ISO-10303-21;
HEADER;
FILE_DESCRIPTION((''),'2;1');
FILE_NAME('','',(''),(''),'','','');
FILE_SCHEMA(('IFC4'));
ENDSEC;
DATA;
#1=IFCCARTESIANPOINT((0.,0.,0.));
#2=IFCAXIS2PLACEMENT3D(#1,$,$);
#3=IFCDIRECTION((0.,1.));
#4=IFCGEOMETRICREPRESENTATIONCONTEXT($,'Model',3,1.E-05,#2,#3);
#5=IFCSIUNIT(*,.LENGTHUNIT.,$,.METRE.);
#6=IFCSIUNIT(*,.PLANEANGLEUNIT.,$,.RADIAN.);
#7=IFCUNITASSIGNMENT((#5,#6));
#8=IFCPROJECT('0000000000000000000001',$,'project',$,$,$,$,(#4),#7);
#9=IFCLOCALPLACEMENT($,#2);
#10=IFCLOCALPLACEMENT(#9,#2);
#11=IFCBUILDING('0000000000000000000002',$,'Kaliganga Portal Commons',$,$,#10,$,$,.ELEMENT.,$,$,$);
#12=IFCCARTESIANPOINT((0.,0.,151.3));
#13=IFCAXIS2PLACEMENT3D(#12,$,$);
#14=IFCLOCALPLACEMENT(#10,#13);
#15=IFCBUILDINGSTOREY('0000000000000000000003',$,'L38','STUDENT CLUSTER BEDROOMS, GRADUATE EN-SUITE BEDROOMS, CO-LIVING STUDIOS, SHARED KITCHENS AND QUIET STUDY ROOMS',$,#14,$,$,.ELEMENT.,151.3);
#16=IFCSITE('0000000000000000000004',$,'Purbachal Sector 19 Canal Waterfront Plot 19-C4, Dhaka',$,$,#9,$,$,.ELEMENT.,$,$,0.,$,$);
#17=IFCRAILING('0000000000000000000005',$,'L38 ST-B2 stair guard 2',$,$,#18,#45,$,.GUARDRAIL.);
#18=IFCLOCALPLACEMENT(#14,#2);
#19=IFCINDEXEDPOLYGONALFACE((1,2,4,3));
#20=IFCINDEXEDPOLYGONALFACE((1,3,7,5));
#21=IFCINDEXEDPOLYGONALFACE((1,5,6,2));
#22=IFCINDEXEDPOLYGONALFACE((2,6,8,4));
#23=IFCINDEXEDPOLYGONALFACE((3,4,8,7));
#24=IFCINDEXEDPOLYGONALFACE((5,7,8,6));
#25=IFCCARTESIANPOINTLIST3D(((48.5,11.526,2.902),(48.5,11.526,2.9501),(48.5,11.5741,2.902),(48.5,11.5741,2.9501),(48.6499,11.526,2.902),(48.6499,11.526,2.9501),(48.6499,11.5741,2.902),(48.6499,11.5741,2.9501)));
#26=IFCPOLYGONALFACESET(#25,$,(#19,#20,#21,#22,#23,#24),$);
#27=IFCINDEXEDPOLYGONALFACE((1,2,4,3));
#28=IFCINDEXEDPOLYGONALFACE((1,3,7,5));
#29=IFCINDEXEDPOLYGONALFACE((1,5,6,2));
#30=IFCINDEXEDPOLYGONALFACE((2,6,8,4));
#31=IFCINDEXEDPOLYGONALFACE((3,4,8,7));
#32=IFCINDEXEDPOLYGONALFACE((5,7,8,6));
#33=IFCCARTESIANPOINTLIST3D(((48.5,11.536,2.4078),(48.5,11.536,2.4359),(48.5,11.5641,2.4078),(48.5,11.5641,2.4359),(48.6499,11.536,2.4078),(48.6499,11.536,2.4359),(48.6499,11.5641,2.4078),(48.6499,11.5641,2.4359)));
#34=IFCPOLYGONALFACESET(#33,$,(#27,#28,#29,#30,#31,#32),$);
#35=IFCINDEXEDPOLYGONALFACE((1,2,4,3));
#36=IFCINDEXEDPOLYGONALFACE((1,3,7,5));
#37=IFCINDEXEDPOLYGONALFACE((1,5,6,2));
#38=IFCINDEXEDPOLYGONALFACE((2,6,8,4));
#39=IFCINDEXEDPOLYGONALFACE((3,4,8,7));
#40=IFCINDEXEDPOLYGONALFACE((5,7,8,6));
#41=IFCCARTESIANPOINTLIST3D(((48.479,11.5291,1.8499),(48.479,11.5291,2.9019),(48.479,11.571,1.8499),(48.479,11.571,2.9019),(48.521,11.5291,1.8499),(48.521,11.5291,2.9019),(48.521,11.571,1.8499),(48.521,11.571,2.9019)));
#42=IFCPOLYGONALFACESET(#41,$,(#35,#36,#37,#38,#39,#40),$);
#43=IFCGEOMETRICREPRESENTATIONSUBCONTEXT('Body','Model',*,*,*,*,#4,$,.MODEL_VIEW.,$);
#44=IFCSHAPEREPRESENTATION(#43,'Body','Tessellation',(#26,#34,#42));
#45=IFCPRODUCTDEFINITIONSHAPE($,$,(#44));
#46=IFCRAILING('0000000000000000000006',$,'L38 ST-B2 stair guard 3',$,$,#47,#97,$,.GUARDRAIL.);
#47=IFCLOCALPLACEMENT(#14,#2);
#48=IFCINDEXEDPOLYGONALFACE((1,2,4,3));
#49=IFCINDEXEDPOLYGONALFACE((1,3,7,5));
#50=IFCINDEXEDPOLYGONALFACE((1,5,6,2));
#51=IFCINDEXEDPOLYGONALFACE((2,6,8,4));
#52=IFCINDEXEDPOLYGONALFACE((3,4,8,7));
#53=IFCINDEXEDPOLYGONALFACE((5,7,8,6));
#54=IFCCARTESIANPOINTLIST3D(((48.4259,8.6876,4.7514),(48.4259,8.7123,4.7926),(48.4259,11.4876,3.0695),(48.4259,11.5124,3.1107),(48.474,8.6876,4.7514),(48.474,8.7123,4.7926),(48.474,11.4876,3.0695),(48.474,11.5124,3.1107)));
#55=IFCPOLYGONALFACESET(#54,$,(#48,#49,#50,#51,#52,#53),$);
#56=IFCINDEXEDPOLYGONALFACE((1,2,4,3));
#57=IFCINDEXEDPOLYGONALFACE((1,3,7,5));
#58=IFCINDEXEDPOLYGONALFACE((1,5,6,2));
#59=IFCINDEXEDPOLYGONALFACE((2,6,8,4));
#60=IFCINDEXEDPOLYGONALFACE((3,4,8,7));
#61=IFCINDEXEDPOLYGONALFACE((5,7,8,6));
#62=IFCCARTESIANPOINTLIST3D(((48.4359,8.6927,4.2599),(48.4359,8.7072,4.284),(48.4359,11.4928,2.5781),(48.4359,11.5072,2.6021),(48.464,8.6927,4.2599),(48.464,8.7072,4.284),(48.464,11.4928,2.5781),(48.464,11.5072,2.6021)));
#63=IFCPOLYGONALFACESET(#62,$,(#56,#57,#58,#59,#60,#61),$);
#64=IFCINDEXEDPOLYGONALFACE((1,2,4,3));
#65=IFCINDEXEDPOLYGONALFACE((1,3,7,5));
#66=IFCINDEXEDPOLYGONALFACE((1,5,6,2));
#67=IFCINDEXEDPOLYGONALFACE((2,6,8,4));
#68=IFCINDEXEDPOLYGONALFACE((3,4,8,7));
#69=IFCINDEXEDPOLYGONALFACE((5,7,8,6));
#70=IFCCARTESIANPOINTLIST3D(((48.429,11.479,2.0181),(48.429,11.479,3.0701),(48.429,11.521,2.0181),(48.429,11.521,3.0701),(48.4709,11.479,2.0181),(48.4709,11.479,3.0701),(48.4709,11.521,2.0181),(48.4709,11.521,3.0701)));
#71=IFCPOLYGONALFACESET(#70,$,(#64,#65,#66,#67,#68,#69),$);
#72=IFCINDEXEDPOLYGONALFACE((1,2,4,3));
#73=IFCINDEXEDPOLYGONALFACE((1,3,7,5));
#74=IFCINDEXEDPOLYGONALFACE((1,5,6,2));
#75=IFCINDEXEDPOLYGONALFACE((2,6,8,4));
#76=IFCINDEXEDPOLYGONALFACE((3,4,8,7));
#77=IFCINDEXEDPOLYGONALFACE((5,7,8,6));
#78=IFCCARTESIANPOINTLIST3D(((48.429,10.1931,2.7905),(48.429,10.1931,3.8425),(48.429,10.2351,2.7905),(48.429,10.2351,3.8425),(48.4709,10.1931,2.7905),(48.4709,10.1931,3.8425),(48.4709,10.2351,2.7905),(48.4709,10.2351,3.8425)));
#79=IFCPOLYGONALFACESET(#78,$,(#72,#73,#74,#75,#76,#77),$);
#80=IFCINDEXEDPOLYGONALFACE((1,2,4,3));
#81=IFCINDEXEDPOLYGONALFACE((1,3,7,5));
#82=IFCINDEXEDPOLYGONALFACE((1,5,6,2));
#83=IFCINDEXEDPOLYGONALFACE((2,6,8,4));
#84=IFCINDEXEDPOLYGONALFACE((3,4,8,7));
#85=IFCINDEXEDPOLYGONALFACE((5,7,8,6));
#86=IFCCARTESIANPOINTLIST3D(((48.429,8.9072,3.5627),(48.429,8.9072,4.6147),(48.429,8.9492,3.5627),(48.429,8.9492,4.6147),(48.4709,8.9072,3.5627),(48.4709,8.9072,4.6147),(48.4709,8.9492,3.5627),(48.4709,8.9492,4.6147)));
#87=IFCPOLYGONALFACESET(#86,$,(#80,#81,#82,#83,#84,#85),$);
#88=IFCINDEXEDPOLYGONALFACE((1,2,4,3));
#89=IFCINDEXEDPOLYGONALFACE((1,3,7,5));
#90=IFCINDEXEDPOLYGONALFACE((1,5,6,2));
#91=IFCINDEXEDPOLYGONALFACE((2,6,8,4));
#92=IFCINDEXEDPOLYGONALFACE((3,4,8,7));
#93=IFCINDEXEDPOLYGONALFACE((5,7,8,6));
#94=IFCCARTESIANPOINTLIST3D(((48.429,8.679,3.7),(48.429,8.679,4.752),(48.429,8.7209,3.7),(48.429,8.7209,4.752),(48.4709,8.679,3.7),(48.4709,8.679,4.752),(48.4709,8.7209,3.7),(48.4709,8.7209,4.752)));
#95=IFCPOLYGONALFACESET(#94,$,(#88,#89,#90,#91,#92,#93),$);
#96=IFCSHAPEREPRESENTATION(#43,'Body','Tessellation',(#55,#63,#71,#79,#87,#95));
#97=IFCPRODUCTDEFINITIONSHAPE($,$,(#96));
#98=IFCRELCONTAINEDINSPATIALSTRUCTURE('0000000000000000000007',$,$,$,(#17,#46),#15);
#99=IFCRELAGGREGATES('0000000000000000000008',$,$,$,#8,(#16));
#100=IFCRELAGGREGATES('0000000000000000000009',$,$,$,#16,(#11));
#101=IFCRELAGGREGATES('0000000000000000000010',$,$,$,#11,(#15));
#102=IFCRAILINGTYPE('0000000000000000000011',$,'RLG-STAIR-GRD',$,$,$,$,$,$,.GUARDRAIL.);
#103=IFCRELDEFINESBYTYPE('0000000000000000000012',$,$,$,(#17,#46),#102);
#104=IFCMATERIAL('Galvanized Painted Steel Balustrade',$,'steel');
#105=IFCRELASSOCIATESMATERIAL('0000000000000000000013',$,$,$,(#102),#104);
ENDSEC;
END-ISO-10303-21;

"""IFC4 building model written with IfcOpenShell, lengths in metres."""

from ifc_helpers import new_model, si_unit, direction, frame, origin, origin_2d, place, context, subcontext, project, spatial, rectangle, extrude, material, type_object, element, save


model = new_model("IFC4")

# Units and contexts
model_context = context("Model", 3, precision=1e-05, world=origin(), true_north=direction((0.0, 1.0)))
body_context = subcontext(model_context, "Body", "Model", "MODEL_VIEW")
ifc_project = project(units=[si_unit("LENGTHUNIT", "METRE"), si_unit("PLANEANGLEUNIT", "RADIAN")], contexts=[model_context])

# Site, building, storey
site_placement = place(None, origin())
site = spatial("IfcSite", under=ifc_project, at=site_placement, Name="Purbachal Sector 19 Canal Waterfront Plot 19-C4, Dhaka", CompositionType="ELEMENT", RefElevation=0.0)
building_placement = place(site_placement, origin())
building = spatial("IfcBuilding", under=site, at=building_placement, Name="Kaliganga Portal Commons", CompositionType="ELEMENT")
storey_placement = place(building_placement, frame((0.0, 0.0, 151.3)))
storey = spatial("IfcBuildingStorey", under=building, at=storey_placement, Name="L38", Description="STUDENT CLUSTER BEDROOMS, GRADUATE EN-SUITE BEDROOMS, CO-LIVING STUDIOS, SHARED KITCHENS AND QUIET STUDY ROOMS", CompositionType="ELEMENT", Elevation=151.3)

# Railings
ifc_material_1 = material(Name="Galvanized Painted Steel Balustrade", Category="steel")
railing_type = type_object("IfcRailingType", Name="RLG-STAIR-GRD", PredefinedType="GUARDRAIL", material=ifc_material_1)
railing_1_placement = place(storey_placement, frame((48.6499, 11.55, 1.8499)))
element("IfcRailing", 1, at=railing_1_placement, inside=storey, type_object=railing_type, Name="L38 ST-B2 stair guard 2", PredefinedType="GUARDRAIL", context=body_context, shape_type="SweptSolid", body=[
    extrude(rectangle(XDim=0.0481, YDim=0.0481, at=origin_2d()), frame((0.0, 0.0, 1.0762), z_axis=(-1.0, 0.0, 0.0), x_axis=(0.0, -1.0, 0.0)), (0.0, 0.0, 1.0), 0.1499),
    extrude(rectangle(XDim=0.0281, YDim=0.0281, at=origin_2d()), frame((0.0, 0.0, 0.572), z_axis=(-1.0, 0.0, 0.0), x_axis=(0.0, -1.0, 0.0)), (0.0, 0.0, 1.0), 0.1499),
    extrude(rectangle(XDim=0.042, YDim=0.042, at=origin_2d()), frame((-0.1499, 0.0, 0.0)), (0.0, 0.0, 1.0), 1.052),
])
railing_2_placement = place(storey_placement, frame((48.45, 11.5, 2.0181)))
element("IfcRailing", 2, at=railing_2_placement, inside=storey, type_object=railing_type, Name="L38 ST-B2 stair guard 3", PredefinedType="GUARDRAIL", context=body_context, shape_type="SweptSolid", body=[
    extrude(rectangle(XDim=0.0481, YDim=0.0481, at=origin_2d()), frame((0.0, 0.0, 1.072), z_axis=(0.0, -0.857242, 0.514913), x_axis=(1.0, 0.0, 0.0)), (0.0, 0.0, 1.0), 3.2664),
    extrude(rectangle(XDim=0.0281, YDim=0.0281, at=origin_2d()), frame((0.0, 0.0, 0.572), z_axis=(0.0, -0.857242, 0.514913), x_axis=(1.0, 0.0, 0.0)), (0.0, 0.0, 1.0), 3.2664),
    extrude(rectangle(XDim=0.042, YDim=0.042, at=origin_2d()), origin(), (0.0, 0.0, 1.0), 1.052),
    extrude(rectangle(XDim=0.042, YDim=0.042, at=origin_2d()), frame((0.0, -1.2859, 0.7725)), (0.0, 0.0, 1.0), 1.052),
    extrude(rectangle(XDim=0.042, YDim=0.042, at=origin_2d()), frame((0.0, -2.5718, 1.5447)), (0.0, 0.0, 1.0), 1.052),
    extrude(rectangle(XDim=0.042, YDim=0.042, at=origin_2d()), frame((0.0, -2.8, 1.6819)), (0.0, 0.0, 1.0), 1.052),
])

save(model, "model.ifc")
